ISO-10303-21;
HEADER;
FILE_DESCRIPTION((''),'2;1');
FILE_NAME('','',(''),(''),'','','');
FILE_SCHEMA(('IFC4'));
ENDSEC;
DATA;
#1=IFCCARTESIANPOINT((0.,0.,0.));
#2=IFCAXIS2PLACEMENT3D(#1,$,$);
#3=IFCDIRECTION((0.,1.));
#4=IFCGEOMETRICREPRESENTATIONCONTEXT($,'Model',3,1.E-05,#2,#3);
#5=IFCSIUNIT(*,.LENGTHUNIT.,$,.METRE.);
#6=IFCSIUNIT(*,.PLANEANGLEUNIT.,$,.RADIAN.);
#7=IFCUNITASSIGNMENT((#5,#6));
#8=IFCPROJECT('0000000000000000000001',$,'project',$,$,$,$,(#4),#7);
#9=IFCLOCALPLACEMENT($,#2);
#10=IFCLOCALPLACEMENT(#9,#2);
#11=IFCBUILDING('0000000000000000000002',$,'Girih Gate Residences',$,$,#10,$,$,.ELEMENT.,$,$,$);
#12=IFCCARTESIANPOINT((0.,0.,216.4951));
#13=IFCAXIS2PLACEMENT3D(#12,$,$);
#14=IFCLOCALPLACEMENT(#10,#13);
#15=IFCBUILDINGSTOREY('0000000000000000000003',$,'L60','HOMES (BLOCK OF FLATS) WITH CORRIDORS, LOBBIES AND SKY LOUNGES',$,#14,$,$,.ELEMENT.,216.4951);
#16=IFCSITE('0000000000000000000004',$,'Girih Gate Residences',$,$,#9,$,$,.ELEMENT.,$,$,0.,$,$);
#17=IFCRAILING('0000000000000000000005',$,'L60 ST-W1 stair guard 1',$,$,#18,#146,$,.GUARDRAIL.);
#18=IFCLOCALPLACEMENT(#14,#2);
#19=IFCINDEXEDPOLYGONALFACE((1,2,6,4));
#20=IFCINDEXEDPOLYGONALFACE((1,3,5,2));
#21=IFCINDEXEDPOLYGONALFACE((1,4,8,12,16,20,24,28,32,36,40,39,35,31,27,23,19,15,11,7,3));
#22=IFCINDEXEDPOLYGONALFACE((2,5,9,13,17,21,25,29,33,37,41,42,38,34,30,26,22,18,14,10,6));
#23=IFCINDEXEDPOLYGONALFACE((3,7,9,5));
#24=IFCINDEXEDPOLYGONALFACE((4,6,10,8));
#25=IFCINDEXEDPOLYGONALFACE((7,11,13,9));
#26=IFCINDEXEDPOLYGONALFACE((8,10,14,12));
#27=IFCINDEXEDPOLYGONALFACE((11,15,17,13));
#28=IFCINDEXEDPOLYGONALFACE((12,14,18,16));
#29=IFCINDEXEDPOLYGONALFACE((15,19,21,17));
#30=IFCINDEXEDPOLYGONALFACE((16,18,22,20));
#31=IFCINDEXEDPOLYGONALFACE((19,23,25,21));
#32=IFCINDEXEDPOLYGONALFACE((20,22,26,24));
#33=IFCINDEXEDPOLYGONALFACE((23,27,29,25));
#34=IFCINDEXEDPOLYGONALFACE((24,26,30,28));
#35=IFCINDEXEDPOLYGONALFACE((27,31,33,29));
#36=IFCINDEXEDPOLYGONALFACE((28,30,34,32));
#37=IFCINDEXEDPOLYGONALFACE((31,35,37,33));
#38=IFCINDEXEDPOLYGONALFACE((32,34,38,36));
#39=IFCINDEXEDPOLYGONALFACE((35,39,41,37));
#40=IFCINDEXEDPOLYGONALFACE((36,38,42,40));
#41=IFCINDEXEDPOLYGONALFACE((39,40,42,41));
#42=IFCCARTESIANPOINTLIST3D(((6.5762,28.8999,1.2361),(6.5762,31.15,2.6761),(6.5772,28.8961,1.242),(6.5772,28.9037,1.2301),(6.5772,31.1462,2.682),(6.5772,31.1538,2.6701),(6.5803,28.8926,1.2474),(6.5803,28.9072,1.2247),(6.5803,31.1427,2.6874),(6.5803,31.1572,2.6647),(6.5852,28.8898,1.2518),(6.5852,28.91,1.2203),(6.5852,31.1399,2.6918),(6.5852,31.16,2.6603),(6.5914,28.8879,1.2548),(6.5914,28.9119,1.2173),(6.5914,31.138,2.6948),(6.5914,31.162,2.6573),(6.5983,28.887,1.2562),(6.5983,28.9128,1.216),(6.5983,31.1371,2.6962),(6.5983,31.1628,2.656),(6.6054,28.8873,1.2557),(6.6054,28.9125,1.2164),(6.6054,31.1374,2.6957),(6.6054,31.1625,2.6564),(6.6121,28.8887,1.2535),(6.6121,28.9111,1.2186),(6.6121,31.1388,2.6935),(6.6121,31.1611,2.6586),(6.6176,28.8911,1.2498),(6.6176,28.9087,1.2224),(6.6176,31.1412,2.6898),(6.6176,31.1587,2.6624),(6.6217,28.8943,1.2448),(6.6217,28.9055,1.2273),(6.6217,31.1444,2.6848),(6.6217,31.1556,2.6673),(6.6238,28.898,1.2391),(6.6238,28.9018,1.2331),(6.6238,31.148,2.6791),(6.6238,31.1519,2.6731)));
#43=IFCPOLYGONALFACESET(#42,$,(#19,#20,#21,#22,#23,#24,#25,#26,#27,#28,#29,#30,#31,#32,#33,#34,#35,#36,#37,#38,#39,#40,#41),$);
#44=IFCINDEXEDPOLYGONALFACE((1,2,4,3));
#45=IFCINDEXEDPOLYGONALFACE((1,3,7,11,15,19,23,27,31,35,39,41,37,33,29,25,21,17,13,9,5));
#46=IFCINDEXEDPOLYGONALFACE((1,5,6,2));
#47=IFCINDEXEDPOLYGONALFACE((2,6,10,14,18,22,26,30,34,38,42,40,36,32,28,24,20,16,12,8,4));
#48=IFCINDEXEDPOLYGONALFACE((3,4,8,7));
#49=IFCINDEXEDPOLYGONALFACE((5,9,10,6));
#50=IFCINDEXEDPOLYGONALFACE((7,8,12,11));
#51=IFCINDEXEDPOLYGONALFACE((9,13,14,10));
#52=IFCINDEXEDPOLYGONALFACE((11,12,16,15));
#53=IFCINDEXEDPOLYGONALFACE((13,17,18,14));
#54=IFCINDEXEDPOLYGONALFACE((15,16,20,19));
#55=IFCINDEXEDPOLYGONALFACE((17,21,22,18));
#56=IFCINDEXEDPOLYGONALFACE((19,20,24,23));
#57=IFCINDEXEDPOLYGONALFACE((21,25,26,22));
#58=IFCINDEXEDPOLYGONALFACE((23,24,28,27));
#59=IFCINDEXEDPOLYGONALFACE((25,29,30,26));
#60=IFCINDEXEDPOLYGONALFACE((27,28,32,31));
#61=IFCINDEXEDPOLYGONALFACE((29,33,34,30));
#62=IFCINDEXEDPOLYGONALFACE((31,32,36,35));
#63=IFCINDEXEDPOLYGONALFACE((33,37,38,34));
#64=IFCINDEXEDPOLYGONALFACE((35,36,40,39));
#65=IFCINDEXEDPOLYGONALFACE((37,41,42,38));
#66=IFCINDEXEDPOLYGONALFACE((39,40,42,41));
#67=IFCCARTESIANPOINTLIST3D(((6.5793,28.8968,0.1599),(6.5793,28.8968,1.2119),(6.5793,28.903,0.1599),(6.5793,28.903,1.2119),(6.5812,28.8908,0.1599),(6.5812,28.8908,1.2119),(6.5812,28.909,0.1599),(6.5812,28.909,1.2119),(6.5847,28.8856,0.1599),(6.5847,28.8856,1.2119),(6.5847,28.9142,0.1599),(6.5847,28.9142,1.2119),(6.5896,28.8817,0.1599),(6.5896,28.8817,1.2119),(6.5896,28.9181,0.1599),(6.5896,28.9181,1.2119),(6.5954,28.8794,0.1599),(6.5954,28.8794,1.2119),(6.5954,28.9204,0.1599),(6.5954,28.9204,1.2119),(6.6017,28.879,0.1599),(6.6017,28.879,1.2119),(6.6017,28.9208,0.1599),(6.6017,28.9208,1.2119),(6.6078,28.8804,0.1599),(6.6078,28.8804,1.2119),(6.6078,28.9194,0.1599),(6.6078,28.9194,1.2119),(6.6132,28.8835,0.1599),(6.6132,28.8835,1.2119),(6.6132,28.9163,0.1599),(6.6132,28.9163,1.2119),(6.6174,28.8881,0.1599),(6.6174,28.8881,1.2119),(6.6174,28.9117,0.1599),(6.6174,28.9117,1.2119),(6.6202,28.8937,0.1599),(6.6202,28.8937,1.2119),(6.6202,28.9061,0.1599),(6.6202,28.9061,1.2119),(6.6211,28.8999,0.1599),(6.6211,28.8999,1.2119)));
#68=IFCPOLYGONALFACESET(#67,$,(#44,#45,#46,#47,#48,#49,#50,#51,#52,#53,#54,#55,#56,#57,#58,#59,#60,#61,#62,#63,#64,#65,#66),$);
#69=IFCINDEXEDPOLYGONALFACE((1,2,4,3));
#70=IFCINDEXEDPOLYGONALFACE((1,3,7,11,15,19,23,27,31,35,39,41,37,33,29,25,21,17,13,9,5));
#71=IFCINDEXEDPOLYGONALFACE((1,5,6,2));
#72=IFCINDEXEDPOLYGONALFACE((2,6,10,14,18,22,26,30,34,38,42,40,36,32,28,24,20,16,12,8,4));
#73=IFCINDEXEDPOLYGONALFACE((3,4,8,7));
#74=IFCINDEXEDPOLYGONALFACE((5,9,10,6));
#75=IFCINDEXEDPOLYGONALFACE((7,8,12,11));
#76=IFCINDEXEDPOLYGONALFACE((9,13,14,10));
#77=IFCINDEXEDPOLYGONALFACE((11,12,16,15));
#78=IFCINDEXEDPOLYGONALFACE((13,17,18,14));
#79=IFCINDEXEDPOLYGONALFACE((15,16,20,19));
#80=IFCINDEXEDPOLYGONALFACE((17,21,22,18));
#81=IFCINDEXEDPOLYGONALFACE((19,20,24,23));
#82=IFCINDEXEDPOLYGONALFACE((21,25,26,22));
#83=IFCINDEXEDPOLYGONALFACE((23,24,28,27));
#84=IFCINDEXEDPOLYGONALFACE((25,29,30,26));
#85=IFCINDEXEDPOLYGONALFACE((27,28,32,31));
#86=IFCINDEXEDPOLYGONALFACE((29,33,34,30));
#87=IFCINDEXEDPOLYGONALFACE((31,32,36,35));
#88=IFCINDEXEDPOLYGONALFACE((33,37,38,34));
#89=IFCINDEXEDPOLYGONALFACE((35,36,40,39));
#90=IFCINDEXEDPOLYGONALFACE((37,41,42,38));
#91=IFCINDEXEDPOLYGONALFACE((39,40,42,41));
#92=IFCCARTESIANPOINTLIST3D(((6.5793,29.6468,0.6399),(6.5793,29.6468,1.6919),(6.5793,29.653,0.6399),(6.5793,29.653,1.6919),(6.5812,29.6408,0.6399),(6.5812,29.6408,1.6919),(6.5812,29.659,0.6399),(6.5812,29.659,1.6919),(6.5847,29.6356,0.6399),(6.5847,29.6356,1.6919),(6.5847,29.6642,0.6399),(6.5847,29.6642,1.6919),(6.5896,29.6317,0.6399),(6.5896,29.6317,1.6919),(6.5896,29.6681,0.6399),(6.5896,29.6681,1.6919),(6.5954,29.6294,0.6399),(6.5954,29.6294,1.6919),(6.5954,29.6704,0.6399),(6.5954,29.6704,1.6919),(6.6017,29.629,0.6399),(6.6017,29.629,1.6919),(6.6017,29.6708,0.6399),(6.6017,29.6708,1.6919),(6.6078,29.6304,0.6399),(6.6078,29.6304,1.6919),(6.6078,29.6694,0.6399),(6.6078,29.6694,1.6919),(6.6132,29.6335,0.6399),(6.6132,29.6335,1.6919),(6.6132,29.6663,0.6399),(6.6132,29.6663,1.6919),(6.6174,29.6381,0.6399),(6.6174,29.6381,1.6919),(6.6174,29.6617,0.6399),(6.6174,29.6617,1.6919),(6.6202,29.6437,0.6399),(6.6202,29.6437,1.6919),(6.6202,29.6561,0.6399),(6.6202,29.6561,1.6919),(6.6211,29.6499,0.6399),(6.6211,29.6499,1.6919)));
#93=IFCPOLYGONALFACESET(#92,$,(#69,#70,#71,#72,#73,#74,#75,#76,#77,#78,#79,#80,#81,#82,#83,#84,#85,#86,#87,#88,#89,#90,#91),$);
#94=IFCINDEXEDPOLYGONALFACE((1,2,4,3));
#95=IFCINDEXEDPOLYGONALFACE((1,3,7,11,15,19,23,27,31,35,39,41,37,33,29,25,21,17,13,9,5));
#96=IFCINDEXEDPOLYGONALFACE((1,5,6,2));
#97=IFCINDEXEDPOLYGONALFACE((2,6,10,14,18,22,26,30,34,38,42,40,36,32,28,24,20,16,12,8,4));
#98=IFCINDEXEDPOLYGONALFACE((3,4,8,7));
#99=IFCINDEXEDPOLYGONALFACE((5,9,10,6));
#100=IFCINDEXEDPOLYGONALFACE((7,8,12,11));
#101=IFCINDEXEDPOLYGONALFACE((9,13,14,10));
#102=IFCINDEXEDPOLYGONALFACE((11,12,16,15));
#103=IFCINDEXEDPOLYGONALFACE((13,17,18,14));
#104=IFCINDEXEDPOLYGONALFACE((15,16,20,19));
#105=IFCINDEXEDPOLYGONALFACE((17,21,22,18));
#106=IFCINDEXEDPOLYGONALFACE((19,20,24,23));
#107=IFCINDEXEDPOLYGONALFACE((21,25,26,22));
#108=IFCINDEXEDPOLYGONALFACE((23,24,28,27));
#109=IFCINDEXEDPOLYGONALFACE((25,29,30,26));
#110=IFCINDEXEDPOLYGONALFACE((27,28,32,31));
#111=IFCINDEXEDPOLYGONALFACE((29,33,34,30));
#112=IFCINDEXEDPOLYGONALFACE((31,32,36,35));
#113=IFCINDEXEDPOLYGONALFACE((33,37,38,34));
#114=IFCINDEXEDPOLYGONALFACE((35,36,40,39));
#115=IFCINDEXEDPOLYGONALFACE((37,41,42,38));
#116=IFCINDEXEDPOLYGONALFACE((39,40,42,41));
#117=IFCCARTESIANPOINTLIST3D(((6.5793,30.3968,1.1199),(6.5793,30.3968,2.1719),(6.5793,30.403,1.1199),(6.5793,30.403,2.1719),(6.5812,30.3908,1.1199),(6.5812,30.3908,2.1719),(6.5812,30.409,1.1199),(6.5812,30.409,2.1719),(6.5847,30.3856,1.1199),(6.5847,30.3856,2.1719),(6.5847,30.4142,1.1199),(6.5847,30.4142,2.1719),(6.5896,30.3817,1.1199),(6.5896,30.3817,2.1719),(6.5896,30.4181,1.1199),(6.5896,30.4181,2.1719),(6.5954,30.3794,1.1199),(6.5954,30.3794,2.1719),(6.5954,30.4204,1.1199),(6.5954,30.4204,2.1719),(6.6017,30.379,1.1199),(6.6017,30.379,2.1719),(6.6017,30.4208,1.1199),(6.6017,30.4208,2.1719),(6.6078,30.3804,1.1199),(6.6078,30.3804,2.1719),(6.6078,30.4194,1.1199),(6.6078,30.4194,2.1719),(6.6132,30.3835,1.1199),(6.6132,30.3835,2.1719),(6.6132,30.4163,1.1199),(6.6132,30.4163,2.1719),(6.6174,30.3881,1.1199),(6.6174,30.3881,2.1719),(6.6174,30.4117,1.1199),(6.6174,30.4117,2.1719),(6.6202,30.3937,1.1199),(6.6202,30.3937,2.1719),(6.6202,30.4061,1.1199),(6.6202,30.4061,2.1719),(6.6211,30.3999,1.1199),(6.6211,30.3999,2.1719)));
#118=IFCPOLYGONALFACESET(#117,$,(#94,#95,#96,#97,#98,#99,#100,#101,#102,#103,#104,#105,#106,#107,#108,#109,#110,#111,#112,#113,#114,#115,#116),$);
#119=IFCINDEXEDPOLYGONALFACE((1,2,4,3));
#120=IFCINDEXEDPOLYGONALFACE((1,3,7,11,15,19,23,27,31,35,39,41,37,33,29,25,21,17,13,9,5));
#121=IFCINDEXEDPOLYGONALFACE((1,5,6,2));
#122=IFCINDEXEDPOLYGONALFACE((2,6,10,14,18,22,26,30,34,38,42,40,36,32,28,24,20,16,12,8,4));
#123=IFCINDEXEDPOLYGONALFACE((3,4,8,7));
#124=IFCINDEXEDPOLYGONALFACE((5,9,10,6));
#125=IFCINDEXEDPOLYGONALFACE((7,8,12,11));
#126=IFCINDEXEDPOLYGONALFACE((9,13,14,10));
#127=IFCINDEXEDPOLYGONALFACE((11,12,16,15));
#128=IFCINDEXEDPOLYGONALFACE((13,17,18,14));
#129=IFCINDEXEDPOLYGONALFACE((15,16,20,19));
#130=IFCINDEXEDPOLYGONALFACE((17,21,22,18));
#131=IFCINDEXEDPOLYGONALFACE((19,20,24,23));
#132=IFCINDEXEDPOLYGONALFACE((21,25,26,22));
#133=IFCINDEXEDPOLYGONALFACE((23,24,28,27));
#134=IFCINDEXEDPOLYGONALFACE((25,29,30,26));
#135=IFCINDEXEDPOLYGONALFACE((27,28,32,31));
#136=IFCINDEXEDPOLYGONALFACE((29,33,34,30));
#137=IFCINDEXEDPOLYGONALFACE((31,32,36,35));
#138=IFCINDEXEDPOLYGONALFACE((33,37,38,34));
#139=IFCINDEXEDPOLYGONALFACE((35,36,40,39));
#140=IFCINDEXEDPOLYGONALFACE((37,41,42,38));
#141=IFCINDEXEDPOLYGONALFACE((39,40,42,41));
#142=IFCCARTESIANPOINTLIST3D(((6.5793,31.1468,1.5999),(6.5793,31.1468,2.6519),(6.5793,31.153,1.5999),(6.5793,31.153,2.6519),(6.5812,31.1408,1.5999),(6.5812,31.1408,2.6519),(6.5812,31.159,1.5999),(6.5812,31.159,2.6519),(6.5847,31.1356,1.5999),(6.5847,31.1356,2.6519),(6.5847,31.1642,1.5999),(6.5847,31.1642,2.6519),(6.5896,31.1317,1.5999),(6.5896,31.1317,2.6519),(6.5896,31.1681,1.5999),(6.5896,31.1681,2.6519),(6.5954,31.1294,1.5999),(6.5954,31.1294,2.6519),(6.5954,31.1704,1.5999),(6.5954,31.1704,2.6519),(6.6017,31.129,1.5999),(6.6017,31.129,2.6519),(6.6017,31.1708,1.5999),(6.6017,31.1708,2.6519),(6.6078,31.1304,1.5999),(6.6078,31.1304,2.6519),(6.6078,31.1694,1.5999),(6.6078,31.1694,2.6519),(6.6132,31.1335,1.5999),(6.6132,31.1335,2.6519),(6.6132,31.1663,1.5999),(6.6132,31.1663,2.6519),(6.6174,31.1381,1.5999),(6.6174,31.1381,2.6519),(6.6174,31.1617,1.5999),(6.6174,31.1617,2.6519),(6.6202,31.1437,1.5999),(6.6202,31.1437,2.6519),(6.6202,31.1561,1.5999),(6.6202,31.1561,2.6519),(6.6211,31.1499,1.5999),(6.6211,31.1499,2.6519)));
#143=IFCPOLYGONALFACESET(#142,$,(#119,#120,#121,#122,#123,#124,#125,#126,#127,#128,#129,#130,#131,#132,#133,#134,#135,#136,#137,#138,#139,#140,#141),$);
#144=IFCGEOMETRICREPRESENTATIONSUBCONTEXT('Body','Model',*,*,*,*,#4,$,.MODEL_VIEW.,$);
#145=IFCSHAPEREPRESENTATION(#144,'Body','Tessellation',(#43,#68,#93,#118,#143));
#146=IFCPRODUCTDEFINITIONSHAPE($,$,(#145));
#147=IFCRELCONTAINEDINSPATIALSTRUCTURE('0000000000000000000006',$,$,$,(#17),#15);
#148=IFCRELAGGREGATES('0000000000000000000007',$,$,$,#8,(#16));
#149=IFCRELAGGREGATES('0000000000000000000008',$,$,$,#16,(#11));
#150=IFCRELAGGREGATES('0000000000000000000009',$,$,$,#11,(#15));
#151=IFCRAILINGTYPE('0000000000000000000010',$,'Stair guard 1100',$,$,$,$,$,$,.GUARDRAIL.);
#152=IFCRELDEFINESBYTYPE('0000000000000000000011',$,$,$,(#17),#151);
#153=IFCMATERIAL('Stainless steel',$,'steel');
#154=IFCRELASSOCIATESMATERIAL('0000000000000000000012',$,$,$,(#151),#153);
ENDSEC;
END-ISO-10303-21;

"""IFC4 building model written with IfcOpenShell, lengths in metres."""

from ifc_helpers import new_model, si_unit, direction, frame, origin, origin_2d, place, context, subcontext, project, spatial, circle, extrude, material, type_object, element, save


model = new_model("IFC4")

# Units and contexts
model_context = context("Model", 3, precision=1e-05, world=origin(), true_north=direction((0.0, 1.0)))
body_context = subcontext(model_context, "Body", "Model", "MODEL_VIEW")
ifc_project = project(units=[si_unit("LENGTHUNIT", "METRE"), si_unit("PLANEANGLEUNIT", "RADIAN")], contexts=[model_context])

# Site, building, storey
site_placement = place(None, origin())
site = spatial("IfcSite", under=ifc_project, at=site_placement, Name="Girih Gate Residences", CompositionType="ELEMENT", RefElevation=0.0)
building_placement = place(site_placement, origin())
building = spatial("IfcBuilding", under=site, at=building_placement, Name="Girih Gate Residences", CompositionType="ELEMENT")
storey_placement = place(building_placement, frame((0.0, 0.0, 216.4951)))
storey = spatial("IfcBuildingStorey", under=building, at=storey_placement, Name="L60", Description="HOMES (BLOCK OF FLATS) WITH CORRIDORS, LOBBIES AND SKY LOUNGES", CompositionType="ELEMENT", Elevation=216.4951)

# Railing
ifc_material_1 = material(Name="Stainless steel", Category="steel")
railing_type_1 = type_object("IfcRailingType", Name="Stair guard 1100", PredefinedType="GUARDRAIL", material=ifc_material_1)
railing_1_placement = place(storey_placement, frame((6.6001, 28.8999, 0.1599)))
element("IfcRailing", 1, at=railing_1_placement, inside=storey, type_object=railing_type_1, Name="L60 ST-W1 stair guard 1", PredefinedType="GUARDRAIL", context=body_context, shape_type="SweptSolid", body=[
    extrude(circle(Radius=0.0239, at=origin_2d()), frame((0.0, 0.0, 1.0762), z_axis=(0.0, 0.842281, 0.539038), x_axis=(-1.0, 0.0, 0.0)), (0.0, 0.0, 1.0), 2.6714),
    extrude(circle(Radius=0.021, at=origin_2d()), origin(), (0.0, 0.0, 1.0), 1.052),
    extrude(circle(Radius=0.021, at=origin_2d()), frame((0.0, 0.75, 0.48)), (0.0, 0.0, 1.0), 1.052),
    extrude(circle(Radius=0.021, at=origin_2d()), frame((0.0, 1.5, 0.96)), (0.0, 0.0, 1.0), 1.052),
    extrude(circle(Radius=0.021, at=origin_2d()), frame((0.0, 2.25, 1.4399)), (0.0, 0.0, 1.0), 1.052),
])

save(model, "model.ifc")
